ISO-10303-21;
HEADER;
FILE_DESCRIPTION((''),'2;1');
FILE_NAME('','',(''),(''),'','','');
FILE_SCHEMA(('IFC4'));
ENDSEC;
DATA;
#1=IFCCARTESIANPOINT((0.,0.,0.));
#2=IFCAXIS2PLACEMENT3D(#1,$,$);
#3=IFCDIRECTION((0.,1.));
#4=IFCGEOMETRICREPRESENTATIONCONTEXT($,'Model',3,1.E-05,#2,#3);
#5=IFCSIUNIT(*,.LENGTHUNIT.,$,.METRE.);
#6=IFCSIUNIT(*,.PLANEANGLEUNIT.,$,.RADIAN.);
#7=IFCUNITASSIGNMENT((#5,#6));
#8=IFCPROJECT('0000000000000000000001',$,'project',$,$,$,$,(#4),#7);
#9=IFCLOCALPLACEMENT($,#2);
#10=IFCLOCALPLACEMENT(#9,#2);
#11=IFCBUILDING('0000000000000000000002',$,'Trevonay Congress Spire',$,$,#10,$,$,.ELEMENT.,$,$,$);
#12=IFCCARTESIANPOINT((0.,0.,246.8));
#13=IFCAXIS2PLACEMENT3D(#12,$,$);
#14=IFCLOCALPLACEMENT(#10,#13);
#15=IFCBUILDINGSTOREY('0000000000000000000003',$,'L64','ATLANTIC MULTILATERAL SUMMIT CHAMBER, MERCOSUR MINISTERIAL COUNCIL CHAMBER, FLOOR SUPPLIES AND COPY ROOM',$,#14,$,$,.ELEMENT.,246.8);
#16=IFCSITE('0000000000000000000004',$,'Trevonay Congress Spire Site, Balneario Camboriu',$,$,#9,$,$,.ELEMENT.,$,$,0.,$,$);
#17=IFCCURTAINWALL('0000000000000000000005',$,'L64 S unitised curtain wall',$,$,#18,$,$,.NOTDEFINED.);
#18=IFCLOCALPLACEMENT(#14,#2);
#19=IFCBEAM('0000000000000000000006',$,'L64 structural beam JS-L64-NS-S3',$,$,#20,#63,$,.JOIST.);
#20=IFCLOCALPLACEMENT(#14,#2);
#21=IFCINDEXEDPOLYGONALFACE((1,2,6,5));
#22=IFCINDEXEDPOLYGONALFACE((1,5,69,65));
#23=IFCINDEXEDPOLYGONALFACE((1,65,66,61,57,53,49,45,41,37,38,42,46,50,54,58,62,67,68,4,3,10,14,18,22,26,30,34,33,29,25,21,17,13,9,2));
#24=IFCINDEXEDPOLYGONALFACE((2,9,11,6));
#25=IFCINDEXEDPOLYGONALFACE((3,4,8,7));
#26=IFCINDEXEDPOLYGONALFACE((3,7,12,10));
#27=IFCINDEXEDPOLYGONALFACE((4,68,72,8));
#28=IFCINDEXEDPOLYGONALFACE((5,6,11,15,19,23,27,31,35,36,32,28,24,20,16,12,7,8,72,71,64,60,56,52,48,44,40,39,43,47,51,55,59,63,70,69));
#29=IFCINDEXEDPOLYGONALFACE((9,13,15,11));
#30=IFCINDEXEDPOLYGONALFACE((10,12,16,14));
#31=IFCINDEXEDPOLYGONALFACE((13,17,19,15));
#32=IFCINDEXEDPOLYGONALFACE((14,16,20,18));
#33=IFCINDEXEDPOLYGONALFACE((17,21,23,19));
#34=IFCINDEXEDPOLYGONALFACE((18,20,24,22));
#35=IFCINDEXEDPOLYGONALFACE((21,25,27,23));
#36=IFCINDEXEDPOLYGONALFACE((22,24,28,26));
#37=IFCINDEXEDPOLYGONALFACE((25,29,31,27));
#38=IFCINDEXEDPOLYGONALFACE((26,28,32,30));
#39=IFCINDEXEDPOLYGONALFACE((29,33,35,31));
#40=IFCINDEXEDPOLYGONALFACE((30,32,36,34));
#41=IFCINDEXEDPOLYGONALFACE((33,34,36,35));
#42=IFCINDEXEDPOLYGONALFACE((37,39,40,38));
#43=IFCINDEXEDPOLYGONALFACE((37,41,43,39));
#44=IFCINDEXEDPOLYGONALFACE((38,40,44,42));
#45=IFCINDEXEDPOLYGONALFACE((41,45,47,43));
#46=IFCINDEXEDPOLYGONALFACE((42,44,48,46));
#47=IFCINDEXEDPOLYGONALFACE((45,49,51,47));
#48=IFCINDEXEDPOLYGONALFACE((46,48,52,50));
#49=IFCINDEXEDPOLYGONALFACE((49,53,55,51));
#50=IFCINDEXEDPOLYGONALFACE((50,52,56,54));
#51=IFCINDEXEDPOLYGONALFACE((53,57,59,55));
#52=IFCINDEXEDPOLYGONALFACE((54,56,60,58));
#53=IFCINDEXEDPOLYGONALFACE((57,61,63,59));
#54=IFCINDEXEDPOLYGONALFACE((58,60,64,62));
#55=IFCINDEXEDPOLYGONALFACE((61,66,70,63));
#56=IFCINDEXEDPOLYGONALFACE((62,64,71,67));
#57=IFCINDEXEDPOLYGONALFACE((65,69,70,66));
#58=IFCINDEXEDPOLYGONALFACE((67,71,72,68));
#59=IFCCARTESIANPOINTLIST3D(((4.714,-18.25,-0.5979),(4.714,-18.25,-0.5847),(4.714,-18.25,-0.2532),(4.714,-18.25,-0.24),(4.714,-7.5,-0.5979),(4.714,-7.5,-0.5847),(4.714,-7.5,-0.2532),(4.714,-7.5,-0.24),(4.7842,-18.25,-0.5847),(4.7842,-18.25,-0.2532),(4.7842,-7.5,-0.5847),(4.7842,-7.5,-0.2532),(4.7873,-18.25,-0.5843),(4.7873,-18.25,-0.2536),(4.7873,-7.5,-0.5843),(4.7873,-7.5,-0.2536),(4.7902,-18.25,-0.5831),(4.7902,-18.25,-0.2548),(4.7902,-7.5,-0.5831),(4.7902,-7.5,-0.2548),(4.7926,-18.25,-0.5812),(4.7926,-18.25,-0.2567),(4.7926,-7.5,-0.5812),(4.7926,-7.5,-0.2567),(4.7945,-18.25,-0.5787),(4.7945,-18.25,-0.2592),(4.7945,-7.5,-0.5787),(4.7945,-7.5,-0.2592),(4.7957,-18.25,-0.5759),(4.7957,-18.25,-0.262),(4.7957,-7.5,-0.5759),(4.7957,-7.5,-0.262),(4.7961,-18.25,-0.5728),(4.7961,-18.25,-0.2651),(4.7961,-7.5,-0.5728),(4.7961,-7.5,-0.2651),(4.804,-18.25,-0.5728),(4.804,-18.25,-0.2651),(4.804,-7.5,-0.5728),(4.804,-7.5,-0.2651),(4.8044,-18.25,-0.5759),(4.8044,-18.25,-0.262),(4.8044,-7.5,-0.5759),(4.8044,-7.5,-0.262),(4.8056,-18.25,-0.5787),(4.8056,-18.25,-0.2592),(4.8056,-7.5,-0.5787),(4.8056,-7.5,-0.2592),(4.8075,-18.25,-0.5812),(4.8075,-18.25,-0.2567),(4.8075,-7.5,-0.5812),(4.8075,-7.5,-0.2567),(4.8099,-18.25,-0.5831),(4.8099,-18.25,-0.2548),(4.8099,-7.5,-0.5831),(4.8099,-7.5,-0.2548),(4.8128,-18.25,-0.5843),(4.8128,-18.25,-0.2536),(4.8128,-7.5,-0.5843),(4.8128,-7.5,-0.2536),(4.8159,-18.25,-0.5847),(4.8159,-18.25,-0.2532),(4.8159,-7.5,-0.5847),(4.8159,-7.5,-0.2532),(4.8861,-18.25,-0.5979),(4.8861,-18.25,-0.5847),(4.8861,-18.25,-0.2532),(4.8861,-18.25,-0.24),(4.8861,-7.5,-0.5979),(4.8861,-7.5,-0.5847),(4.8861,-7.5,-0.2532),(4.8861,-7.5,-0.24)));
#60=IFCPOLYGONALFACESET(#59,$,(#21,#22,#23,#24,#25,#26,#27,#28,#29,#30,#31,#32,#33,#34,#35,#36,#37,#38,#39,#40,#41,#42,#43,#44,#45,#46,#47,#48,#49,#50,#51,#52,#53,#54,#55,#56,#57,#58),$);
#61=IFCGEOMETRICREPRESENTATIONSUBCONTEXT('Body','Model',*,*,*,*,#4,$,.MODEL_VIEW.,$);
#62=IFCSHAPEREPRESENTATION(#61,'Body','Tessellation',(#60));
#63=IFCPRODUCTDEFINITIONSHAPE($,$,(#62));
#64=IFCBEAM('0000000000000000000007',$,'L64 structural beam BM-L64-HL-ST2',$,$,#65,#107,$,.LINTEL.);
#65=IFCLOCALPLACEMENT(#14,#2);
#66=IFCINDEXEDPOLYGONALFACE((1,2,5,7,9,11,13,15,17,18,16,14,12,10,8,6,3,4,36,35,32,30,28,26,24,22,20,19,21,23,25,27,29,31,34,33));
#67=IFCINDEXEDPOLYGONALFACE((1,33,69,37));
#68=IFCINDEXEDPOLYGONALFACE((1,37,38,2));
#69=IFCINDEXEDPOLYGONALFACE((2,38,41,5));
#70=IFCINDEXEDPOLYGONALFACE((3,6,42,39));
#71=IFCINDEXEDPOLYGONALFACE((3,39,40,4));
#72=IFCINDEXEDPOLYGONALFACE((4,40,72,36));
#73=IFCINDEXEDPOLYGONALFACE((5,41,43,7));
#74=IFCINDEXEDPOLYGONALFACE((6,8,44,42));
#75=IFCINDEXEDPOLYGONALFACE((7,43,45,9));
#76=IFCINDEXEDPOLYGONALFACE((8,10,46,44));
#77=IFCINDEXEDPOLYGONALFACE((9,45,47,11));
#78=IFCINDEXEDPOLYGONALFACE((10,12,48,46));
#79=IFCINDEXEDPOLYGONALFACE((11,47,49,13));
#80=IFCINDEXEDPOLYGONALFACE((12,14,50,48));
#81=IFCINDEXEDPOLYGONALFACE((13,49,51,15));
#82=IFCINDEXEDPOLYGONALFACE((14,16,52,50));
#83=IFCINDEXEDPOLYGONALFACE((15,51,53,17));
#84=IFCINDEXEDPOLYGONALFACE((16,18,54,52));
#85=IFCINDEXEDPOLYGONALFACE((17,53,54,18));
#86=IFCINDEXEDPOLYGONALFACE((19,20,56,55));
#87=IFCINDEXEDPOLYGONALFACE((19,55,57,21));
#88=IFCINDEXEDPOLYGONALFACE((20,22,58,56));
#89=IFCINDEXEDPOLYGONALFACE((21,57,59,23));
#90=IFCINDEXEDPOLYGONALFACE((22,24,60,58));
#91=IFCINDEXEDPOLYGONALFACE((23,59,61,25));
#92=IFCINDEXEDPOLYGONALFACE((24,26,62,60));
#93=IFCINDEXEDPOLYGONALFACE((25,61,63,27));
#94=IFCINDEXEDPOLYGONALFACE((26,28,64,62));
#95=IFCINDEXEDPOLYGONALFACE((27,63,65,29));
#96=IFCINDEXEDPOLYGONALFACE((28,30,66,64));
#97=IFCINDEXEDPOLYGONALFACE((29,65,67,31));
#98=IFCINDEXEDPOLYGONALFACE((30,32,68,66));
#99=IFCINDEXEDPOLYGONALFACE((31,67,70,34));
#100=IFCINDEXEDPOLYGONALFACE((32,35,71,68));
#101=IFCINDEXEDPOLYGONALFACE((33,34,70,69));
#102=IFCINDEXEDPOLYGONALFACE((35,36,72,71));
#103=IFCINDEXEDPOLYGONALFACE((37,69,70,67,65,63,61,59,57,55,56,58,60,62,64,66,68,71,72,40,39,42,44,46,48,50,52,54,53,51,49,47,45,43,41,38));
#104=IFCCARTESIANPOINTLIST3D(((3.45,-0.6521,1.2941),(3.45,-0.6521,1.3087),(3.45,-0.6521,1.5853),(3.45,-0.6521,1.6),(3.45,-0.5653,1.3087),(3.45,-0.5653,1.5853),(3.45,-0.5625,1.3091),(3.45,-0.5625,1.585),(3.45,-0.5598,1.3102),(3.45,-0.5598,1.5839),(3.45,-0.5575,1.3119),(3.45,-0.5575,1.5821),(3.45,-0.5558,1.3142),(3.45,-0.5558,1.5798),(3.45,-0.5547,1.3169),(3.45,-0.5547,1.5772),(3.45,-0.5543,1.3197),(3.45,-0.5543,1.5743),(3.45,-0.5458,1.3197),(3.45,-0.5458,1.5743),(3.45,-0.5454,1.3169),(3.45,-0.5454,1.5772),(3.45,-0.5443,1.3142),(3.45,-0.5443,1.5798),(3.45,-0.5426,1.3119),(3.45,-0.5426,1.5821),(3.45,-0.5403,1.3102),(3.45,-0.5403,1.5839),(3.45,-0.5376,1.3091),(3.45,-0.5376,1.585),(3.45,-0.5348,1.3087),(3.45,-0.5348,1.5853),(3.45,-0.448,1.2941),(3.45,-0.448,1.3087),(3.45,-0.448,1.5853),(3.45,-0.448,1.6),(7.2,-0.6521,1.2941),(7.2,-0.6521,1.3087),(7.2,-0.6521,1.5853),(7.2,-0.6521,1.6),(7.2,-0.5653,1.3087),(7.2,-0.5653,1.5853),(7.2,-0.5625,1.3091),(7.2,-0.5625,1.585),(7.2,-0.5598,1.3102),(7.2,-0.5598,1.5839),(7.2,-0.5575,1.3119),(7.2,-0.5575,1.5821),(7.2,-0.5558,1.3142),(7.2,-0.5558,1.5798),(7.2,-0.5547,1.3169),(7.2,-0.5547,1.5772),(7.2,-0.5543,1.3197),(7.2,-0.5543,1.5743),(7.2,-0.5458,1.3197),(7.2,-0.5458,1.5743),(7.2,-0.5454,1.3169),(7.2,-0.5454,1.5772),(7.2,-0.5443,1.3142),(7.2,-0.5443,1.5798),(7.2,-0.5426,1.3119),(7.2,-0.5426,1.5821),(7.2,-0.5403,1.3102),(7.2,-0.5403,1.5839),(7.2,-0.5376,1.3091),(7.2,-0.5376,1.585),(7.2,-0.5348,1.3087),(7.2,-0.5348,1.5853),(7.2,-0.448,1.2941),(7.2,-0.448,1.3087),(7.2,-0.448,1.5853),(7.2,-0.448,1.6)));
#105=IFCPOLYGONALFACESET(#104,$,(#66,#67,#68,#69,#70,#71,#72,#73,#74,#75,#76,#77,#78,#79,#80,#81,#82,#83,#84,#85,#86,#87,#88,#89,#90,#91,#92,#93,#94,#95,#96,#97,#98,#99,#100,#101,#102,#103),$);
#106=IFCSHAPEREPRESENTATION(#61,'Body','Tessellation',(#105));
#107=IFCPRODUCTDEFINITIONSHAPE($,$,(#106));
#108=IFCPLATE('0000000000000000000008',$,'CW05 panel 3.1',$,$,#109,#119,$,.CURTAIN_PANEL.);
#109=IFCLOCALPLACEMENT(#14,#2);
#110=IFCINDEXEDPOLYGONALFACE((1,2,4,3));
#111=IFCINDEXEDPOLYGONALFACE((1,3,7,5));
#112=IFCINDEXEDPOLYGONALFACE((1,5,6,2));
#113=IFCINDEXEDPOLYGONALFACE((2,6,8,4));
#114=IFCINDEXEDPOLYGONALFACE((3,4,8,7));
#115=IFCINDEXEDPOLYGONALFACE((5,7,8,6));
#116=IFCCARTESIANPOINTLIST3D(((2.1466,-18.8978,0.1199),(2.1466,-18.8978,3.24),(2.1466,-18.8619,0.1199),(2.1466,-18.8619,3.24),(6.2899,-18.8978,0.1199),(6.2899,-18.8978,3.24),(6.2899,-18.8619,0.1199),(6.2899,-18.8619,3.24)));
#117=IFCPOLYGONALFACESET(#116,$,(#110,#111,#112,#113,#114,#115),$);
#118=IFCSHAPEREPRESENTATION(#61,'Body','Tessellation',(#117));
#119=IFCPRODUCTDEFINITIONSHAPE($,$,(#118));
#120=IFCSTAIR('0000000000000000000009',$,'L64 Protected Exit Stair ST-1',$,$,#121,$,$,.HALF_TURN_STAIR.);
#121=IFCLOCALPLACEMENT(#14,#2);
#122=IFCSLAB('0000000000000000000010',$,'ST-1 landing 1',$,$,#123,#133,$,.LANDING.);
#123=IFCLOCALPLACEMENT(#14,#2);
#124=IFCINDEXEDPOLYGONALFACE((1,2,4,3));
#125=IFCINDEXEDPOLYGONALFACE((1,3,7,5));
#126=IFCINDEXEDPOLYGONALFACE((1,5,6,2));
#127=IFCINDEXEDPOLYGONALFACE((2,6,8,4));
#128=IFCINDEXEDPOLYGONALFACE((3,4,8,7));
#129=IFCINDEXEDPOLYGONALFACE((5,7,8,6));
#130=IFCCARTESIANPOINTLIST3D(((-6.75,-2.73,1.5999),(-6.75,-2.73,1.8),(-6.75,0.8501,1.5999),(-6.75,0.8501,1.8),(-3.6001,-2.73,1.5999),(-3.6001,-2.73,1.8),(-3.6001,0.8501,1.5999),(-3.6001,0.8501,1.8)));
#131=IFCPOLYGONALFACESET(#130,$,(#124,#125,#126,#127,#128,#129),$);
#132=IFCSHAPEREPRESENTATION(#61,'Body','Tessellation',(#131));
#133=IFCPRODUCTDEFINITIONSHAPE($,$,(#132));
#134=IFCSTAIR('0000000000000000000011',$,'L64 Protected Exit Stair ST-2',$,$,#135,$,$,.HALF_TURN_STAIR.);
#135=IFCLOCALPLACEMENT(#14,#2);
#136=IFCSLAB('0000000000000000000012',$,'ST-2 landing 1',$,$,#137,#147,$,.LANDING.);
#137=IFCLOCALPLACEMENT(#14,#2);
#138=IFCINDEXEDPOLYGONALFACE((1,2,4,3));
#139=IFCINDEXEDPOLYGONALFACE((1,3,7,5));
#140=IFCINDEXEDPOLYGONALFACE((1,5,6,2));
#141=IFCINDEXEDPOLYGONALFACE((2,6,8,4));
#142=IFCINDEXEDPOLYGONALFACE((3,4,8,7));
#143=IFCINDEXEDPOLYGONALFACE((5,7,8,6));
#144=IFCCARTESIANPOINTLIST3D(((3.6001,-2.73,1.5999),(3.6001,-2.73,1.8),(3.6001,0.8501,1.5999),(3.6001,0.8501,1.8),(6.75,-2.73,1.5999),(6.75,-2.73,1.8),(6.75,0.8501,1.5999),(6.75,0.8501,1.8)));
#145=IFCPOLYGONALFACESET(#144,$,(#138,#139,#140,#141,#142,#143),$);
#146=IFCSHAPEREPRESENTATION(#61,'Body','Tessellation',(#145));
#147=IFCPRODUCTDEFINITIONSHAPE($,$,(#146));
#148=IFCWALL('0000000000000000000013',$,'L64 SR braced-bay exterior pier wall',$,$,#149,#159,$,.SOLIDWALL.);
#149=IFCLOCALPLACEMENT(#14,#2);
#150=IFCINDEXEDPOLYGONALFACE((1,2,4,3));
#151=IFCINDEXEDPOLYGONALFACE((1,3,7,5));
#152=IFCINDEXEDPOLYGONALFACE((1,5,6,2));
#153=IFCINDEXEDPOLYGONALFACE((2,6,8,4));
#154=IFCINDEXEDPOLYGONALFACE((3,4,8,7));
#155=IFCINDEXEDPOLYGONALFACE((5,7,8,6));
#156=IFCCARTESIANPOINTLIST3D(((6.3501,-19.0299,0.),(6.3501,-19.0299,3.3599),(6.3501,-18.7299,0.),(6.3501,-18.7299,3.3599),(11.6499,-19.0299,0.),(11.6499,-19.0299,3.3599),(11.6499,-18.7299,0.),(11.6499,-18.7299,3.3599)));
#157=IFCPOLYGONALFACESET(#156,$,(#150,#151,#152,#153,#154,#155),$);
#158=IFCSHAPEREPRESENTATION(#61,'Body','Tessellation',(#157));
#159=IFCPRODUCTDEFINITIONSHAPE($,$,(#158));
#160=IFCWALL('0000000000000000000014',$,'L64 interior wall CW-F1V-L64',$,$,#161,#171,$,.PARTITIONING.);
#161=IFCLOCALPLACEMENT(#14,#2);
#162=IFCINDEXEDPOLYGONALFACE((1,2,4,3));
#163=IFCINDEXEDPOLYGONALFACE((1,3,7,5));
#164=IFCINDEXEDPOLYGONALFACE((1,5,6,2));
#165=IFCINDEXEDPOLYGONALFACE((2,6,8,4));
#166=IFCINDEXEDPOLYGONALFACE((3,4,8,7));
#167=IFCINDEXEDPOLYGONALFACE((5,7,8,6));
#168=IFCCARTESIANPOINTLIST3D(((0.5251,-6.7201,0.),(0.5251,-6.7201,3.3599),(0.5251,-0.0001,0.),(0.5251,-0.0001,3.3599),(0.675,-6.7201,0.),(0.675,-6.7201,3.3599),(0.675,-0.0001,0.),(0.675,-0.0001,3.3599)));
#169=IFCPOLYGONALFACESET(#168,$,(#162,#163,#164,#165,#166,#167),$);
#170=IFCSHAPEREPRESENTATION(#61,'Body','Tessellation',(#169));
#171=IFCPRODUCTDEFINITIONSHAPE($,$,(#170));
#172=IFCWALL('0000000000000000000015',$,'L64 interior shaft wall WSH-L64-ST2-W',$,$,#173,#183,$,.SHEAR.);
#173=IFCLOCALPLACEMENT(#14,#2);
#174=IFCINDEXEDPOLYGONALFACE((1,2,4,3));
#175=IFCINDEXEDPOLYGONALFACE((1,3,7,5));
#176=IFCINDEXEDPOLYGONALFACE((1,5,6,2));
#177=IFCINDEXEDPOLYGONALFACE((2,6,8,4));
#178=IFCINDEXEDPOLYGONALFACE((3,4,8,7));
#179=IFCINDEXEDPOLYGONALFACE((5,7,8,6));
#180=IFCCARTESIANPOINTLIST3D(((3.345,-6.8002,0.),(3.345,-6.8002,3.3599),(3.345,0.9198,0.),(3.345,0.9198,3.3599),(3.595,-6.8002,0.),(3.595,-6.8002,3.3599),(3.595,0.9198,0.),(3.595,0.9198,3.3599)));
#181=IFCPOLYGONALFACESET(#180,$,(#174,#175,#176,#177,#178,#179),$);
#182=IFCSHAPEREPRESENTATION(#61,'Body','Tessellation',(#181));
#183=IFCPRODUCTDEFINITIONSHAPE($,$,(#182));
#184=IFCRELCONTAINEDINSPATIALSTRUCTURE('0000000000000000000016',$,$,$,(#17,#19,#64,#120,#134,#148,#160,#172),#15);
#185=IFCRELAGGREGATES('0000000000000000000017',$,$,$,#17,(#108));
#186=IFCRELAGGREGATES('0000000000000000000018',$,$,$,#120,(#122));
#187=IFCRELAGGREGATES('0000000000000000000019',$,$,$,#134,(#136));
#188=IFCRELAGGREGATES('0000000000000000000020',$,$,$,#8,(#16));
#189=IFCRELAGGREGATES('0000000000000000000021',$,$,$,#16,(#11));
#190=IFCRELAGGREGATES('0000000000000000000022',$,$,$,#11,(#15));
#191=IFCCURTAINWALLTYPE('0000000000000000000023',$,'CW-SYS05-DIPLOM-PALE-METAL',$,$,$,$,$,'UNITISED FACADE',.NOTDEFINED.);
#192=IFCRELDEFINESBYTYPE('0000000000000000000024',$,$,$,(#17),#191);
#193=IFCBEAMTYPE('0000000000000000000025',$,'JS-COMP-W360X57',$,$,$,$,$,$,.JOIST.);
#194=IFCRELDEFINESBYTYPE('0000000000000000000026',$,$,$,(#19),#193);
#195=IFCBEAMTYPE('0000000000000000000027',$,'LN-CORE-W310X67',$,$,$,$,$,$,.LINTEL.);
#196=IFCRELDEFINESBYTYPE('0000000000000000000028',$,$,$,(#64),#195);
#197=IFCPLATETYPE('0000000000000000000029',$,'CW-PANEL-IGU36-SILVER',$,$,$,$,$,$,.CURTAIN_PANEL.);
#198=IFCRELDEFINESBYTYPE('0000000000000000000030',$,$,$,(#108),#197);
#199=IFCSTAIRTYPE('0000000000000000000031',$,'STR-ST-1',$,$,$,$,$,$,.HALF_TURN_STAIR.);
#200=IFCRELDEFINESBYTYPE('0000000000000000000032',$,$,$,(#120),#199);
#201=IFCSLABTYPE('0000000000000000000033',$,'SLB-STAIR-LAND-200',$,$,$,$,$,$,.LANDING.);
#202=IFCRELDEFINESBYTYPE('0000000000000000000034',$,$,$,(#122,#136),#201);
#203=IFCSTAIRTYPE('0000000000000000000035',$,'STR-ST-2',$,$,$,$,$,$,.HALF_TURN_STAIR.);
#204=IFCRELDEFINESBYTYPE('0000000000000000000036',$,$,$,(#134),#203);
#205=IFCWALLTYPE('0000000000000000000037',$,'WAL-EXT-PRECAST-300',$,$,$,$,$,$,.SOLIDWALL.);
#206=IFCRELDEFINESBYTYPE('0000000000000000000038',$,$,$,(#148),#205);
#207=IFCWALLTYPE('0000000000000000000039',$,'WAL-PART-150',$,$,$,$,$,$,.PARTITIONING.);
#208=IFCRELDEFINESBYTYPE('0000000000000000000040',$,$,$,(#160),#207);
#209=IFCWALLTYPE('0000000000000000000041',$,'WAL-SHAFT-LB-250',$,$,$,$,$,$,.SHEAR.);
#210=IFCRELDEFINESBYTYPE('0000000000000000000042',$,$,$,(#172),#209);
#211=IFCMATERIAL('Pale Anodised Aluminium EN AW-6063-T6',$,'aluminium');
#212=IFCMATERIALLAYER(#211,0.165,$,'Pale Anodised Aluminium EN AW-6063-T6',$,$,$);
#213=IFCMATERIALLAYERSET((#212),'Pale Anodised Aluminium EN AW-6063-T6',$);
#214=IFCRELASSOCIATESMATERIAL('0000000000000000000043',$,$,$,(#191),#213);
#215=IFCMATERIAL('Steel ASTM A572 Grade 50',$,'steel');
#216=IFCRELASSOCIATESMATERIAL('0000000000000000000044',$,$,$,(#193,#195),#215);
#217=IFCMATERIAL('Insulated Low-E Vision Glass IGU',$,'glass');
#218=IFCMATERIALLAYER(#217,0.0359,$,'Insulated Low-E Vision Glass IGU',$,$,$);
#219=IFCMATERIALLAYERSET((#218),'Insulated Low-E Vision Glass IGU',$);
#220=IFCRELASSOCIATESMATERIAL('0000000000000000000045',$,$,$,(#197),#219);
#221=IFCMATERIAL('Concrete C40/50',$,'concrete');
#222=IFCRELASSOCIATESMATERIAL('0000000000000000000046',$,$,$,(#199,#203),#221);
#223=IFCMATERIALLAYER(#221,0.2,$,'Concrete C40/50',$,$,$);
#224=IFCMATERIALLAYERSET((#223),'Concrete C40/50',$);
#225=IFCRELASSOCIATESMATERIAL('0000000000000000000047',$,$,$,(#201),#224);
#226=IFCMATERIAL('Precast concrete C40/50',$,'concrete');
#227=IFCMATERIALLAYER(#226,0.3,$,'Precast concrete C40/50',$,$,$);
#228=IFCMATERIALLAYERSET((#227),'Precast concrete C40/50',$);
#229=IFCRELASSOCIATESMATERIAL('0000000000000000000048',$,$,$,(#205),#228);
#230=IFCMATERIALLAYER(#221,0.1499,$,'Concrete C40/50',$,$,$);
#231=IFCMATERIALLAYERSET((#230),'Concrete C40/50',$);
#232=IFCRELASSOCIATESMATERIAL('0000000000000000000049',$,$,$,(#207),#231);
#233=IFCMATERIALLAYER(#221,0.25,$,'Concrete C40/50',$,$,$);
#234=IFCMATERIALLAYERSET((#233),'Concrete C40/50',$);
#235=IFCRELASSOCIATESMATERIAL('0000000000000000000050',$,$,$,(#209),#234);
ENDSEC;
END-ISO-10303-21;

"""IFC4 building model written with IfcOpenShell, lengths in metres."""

from ifc_helpers import new_model, si_unit, direction, frame, frame_2d, origin, origin_2d, place, context, subcontext, project, spatial, polyline, rectangle, i_section, outline, extrude, material, layer, layer_set, material_profile, profile_set, type_object, element, aggregate, save


model = new_model("IFC4")

# Units and contexts
model_context = context("Model", 3, precision=1e-05, world=origin(), true_north=direction((0.0, 1.0)))
body_context = subcontext(model_context, "Body", "Model", "MODEL_VIEW")
ifc_project = project(units=[si_unit("LENGTHUNIT", "METRE"), si_unit("PLANEANGLEUNIT", "RADIAN")], contexts=[model_context])

# Site, building, storey
site_placement = place(None, origin())
site = spatial("IfcSite", under=ifc_project, at=site_placement, Name="Trevonay Congress Spire Site, Balneario Camboriu", CompositionType="ELEMENT", RefElevation=0.0)
building_placement = place(site_placement, origin())
building = spatial("IfcBuilding", under=site, at=building_placement, Name="Trevonay Congress Spire", CompositionType="ELEMENT")
storey_placement = place(building_placement, frame((0.0, 0.0, 246.8)))
storey = spatial("IfcBuildingStorey", under=building, at=storey_placement, Name="L64", Description="ATLANTIC MULTILATERAL SUMMIT CHAMBER, MERCOSUR MINISTERIAL COUNCIL CHAMBER, FLOOR SUPPLIES AND COPY ROOM", CompositionType="ELEMENT", Elevation=246.8)

# Shared definitions
ifc_material_1 = material(Name="Steel ASTM A572 Grade 50", Category="steel")

# Curtain wall
ifc_material_2 = material(Name="Pale Anodised Aluminium EN AW-6063-T6", Category="aluminium")
ifc_layer_1 = layer(ifc_material_2, 0.165, Name="Pale Anodised Aluminium EN AW-6063-T6")
ifc_layer_set_1 = layer_set([ifc_layer_1], Name="Pale Anodised Aluminium EN AW-6063-T6")
curtain_wall_type = type_object("IfcCurtainWallType", Name="CW-SYS05-DIPLOM-PALE-METAL", ElementType="UNITISED FACADE", PredefinedType="NOTDEFINED", material=ifc_layer_set_1)
curtain_wall_placement = place(storey_placement, origin())
curtain_wall = element("IfcCurtainWall", 1, at=curtain_wall_placement, inside=storey, type_object=curtain_wall_type, Name="L64 S unitised curtain wall", PredefinedType="NOTDEFINED")

# Beams
ifc_material_profile_1 = material_profile(ifc_material_1, i_section(OverallWidth=0.1721, OverallDepth=0.3579, WebThickness=0.0078, FlangeThickness=0.0132, FilletRadius=0.012, at=origin_2d()), Name="W360x57.8")
ifc_profile_set_1 = profile_set([ifc_material_profile_1], Name="Steel ASTM A572 Grade 50")
beam_type_1 = type_object("IfcBeamType", Name="JS-COMP-W360X57", PredefinedType="JOIST", material=ifc_profile_set_1)
beam_1_placement = place(storey_placement, frame((4.8, -18.25, -0.4189), z_axis=(0.0, 1.0, 0.0), x_axis=(-1.0, 0.0, 0.0)))
element("IfcBeam", 2, at=beam_1_placement, inside=storey, type_object=beam_type_1, Name="L64 structural beam JS-L64-NS-S3", PredefinedType="JOIST", context=body_context, shape_type="SweptSolid", body=[
    extrude(i_section(OverallWidth=0.1721, OverallDepth=0.3579, WebThickness=0.0078, FlangeThickness=0.0132, FilletRadius=0.012, at=origin_2d()), origin(), (0.0, 0.0, 1.0), 10.75),
])
ifc_material_profile_2 = material_profile(ifc_material_1, i_section(OverallWidth=0.2041, OverallDepth=0.3059, WebThickness=0.0085, FlangeThickness=0.0146, FilletRadius=0.011, at=origin_2d()), Name="W310x67")
ifc_profile_set_2 = profile_set([ifc_material_profile_2], Name="Steel ASTM A572 Grade 50")
beam_type_2 = type_object("IfcBeamType", Name="LN-CORE-W310X67", PredefinedType="LINTEL", material=ifc_profile_set_2)
beam_2_placement = place(storey_placement, frame((3.45, -0.55, 1.447), z_axis=(1.0, 0.0, 0.0), x_axis=(0.0, 1.0, 0.0)))
element("IfcBeam", 3, at=beam_2_placement, inside=storey, type_object=beam_type_2, Name="L64 structural beam BM-L64-HL-ST2", PredefinedType="LINTEL", context=body_context, shape_type="SweptSolid", body=[
    extrude(i_section(OverallWidth=0.2041, OverallDepth=0.3059, WebThickness=0.0085, FlangeThickness=0.0146, FilletRadius=0.011, at=origin_2d()), origin(), (0.0, 0.0, 1.0), 3.75),
])

# Plate
ifc_material_3 = material(Name="Insulated Low-E Vision Glass IGU", Category="glass")
ifc_layer_2 = layer(ifc_material_3, 0.0359, Name="Insulated Low-E Vision Glass IGU")
ifc_layer_set_2 = layer_set([ifc_layer_2], Name="Insulated Low-E Vision Glass IGU")
plate_type = type_object("IfcPlateType", Name="CW-PANEL-IGU36-SILVER", PredefinedType="CURTAIN_PANEL", material=ifc_layer_set_2)
plate_placement = place(storey_placement, frame((4.2183, -18.8799, 0.1199), z_axis=(0.0, 0.0, 1.0), x_axis=(1.0, 0.0, 0.0)))
plate = element("IfcPlate", 4, at=plate_placement, type_object=plate_type, Name="CW05 panel 3.1", PredefinedType="CURTAIN_PANEL", context=body_context, shape_type="SweptSolid", body=[
    extrude(rectangle(XDim=4.1433, YDim=0.0359, at=origin_2d()), origin(), (0.0, 0.0, 1.0), 3.1201),
])
aggregate(curtain_wall, [plate])

# Stairs, slabs
ifc_material_4 = material(Name="Concrete C40/50", Category="concrete")
stair_type_1 = type_object("IfcStairType", Name="STR-ST-1", PredefinedType="HALF_TURN_STAIR", material=ifc_material_4)
stair_1_placement = place(storey_placement, origin())
stair_1 = element("IfcStair", 5, at=stair_1_placement, inside=storey, type_object=stair_type_1, Name="L64 Protected Exit Stair ST-1", PredefinedType="HALF_TURN_STAIR")
ifc_layer_3 = layer(ifc_material_4, 0.2, Name="Concrete C40/50")
ifc_layer_set_3 = layer_set([ifc_layer_3], Name="Concrete C40/50")
slab_type = type_object("IfcSlabType", Name="SLB-STAIR-LAND-200", PredefinedType="LANDING", material=ifc_layer_set_3)
slab_1_placement = place(storey_placement, frame((0.0, 0.0, 1.5999)))
slab_1 = element("IfcSlab", 6, at=slab_1_placement, type_object=slab_type, Name="ST-1 landing 1", PredefinedType="LANDING", context=body_context, shape_type="SweptSolid", body=[
    extrude(outline(polyline([(-3.6001, -2.73), (-3.6001, 0.8501), (-6.75, 0.8501), (-6.75, -2.73), (-3.6001, -2.73)])), origin(), (0.0, 0.0, 1.0), 0.2002),
])
aggregate(stair_1, [slab_1])
stair_type_2 = type_object("IfcStairType", Name="STR-ST-2", PredefinedType="HALF_TURN_STAIR", material=ifc_material_4)
stair_2_placement = place(storey_placement, origin())
stair_2 = element("IfcStair", 7, at=stair_2_placement, inside=storey, type_object=stair_type_2, Name="L64 Protected Exit Stair ST-2", PredefinedType="HALF_TURN_STAIR")
slab_2_placement = place(storey_placement, frame((0.0, 0.0, 1.5999)))
slab_2 = element("IfcSlab", 8, at=slab_2_placement, type_object=slab_type, Name="ST-2 landing 1", PredefinedType="LANDING", context=body_context, shape_type="SweptSolid", body=[
    extrude(outline(polyline([(6.75, -2.73), (6.75, 0.8501), (3.6001, 0.8501), (3.6001, -2.73), (6.75, -2.73)])), origin(), (0.0, 0.0, 1.0), 0.2002),
])

# Walls
ifc_material_5 = material(Name="Precast concrete C40/50", Category="concrete")
ifc_layer_4 = layer(ifc_material_5, 0.3, Name="Precast concrete C40/50")
ifc_layer_set_4 = layer_set([ifc_layer_4], Name="Precast concrete C40/50")
wall_type_1 = type_object("IfcWallType", Name="WAL-EXT-PRECAST-300", PredefinedType="SOLIDWALL", material=ifc_layer_set_4)
wall_1_placement = place(storey_placement, frame((6.3501, -18.8799, 0.0), z_axis=(0.0, 0.0, 1.0), x_axis=(1.0, 0.0, 0.0)))
element("IfcWall", 9, at=wall_1_placement, inside=storey, type_object=wall_type_1, Name="L64 SR braced-bay exterior pier wall", PredefinedType="SOLIDWALL", context=body_context, shape_type="SweptSolid", body=[
    extrude(rectangle(XDim=5.2998, YDim=0.3, at=frame_2d((2.6499, 0.0))), origin(), (0.0, 0.0, 1.0), 3.3599),
])
ifc_layer_5 = layer(ifc_material_4, 0.1499, Name="Concrete C40/50")
ifc_layer_set_5 = layer_set([ifc_layer_5], Name="Concrete C40/50")
wall_type_2 = type_object("IfcWallType", Name="WAL-PART-150", PredefinedType="PARTITIONING", material=ifc_layer_set_5)
wall_2_placement = place(storey_placement, frame((0.6001, -6.72, 0.0), z_axis=(0.0, 0.0, 1.0), x_axis=(0.0, 1.0, 0.0)))
element("IfcWall", 10, at=wall_2_placement, inside=storey, type_object=wall_type_2, Name="L64 interior wall CW-F1V-L64", PredefinedType="PARTITIONING", context=body_context, shape_type="SweptSolid", body=[
    extrude(rectangle(XDim=6.72, YDim=0.1499, at=frame_2d((3.3599, 0.0))), origin(), (0.0, 0.0, 1.0), 3.3599),
])
ifc_layer_6 = layer(ifc_material_4, 0.25, Name="Concrete C40/50")
ifc_layer_set_6 = layer_set([ifc_layer_6], Name="Concrete C40/50")
wall_type_3 = type_object("IfcWallType", Name="WAL-SHAFT-LB-250", PredefinedType="SHEAR", material=ifc_layer_set_6)
wall_3_placement = place(storey_placement, frame((3.47, -6.8, 0.0), z_axis=(0.0, 0.0, 1.0), x_axis=(0.0, 1.0, 0.0)))
element("IfcWall", 11, at=wall_3_placement, inside=storey, type_object=wall_type_3, Name="L64 interior shaft wall WSH-L64-ST2-W", PredefinedType="SHEAR", context=body_context, shape_type="SweptSolid", body=[
    extrude(rectangle(XDim=7.72, YDim=0.25, at=frame_2d((3.8599, 0.0))), origin(), (0.0, 0.0, 1.0), 3.3599),
])

aggregate(stair_2, [slab_2])

save(model, "model.ifc")
